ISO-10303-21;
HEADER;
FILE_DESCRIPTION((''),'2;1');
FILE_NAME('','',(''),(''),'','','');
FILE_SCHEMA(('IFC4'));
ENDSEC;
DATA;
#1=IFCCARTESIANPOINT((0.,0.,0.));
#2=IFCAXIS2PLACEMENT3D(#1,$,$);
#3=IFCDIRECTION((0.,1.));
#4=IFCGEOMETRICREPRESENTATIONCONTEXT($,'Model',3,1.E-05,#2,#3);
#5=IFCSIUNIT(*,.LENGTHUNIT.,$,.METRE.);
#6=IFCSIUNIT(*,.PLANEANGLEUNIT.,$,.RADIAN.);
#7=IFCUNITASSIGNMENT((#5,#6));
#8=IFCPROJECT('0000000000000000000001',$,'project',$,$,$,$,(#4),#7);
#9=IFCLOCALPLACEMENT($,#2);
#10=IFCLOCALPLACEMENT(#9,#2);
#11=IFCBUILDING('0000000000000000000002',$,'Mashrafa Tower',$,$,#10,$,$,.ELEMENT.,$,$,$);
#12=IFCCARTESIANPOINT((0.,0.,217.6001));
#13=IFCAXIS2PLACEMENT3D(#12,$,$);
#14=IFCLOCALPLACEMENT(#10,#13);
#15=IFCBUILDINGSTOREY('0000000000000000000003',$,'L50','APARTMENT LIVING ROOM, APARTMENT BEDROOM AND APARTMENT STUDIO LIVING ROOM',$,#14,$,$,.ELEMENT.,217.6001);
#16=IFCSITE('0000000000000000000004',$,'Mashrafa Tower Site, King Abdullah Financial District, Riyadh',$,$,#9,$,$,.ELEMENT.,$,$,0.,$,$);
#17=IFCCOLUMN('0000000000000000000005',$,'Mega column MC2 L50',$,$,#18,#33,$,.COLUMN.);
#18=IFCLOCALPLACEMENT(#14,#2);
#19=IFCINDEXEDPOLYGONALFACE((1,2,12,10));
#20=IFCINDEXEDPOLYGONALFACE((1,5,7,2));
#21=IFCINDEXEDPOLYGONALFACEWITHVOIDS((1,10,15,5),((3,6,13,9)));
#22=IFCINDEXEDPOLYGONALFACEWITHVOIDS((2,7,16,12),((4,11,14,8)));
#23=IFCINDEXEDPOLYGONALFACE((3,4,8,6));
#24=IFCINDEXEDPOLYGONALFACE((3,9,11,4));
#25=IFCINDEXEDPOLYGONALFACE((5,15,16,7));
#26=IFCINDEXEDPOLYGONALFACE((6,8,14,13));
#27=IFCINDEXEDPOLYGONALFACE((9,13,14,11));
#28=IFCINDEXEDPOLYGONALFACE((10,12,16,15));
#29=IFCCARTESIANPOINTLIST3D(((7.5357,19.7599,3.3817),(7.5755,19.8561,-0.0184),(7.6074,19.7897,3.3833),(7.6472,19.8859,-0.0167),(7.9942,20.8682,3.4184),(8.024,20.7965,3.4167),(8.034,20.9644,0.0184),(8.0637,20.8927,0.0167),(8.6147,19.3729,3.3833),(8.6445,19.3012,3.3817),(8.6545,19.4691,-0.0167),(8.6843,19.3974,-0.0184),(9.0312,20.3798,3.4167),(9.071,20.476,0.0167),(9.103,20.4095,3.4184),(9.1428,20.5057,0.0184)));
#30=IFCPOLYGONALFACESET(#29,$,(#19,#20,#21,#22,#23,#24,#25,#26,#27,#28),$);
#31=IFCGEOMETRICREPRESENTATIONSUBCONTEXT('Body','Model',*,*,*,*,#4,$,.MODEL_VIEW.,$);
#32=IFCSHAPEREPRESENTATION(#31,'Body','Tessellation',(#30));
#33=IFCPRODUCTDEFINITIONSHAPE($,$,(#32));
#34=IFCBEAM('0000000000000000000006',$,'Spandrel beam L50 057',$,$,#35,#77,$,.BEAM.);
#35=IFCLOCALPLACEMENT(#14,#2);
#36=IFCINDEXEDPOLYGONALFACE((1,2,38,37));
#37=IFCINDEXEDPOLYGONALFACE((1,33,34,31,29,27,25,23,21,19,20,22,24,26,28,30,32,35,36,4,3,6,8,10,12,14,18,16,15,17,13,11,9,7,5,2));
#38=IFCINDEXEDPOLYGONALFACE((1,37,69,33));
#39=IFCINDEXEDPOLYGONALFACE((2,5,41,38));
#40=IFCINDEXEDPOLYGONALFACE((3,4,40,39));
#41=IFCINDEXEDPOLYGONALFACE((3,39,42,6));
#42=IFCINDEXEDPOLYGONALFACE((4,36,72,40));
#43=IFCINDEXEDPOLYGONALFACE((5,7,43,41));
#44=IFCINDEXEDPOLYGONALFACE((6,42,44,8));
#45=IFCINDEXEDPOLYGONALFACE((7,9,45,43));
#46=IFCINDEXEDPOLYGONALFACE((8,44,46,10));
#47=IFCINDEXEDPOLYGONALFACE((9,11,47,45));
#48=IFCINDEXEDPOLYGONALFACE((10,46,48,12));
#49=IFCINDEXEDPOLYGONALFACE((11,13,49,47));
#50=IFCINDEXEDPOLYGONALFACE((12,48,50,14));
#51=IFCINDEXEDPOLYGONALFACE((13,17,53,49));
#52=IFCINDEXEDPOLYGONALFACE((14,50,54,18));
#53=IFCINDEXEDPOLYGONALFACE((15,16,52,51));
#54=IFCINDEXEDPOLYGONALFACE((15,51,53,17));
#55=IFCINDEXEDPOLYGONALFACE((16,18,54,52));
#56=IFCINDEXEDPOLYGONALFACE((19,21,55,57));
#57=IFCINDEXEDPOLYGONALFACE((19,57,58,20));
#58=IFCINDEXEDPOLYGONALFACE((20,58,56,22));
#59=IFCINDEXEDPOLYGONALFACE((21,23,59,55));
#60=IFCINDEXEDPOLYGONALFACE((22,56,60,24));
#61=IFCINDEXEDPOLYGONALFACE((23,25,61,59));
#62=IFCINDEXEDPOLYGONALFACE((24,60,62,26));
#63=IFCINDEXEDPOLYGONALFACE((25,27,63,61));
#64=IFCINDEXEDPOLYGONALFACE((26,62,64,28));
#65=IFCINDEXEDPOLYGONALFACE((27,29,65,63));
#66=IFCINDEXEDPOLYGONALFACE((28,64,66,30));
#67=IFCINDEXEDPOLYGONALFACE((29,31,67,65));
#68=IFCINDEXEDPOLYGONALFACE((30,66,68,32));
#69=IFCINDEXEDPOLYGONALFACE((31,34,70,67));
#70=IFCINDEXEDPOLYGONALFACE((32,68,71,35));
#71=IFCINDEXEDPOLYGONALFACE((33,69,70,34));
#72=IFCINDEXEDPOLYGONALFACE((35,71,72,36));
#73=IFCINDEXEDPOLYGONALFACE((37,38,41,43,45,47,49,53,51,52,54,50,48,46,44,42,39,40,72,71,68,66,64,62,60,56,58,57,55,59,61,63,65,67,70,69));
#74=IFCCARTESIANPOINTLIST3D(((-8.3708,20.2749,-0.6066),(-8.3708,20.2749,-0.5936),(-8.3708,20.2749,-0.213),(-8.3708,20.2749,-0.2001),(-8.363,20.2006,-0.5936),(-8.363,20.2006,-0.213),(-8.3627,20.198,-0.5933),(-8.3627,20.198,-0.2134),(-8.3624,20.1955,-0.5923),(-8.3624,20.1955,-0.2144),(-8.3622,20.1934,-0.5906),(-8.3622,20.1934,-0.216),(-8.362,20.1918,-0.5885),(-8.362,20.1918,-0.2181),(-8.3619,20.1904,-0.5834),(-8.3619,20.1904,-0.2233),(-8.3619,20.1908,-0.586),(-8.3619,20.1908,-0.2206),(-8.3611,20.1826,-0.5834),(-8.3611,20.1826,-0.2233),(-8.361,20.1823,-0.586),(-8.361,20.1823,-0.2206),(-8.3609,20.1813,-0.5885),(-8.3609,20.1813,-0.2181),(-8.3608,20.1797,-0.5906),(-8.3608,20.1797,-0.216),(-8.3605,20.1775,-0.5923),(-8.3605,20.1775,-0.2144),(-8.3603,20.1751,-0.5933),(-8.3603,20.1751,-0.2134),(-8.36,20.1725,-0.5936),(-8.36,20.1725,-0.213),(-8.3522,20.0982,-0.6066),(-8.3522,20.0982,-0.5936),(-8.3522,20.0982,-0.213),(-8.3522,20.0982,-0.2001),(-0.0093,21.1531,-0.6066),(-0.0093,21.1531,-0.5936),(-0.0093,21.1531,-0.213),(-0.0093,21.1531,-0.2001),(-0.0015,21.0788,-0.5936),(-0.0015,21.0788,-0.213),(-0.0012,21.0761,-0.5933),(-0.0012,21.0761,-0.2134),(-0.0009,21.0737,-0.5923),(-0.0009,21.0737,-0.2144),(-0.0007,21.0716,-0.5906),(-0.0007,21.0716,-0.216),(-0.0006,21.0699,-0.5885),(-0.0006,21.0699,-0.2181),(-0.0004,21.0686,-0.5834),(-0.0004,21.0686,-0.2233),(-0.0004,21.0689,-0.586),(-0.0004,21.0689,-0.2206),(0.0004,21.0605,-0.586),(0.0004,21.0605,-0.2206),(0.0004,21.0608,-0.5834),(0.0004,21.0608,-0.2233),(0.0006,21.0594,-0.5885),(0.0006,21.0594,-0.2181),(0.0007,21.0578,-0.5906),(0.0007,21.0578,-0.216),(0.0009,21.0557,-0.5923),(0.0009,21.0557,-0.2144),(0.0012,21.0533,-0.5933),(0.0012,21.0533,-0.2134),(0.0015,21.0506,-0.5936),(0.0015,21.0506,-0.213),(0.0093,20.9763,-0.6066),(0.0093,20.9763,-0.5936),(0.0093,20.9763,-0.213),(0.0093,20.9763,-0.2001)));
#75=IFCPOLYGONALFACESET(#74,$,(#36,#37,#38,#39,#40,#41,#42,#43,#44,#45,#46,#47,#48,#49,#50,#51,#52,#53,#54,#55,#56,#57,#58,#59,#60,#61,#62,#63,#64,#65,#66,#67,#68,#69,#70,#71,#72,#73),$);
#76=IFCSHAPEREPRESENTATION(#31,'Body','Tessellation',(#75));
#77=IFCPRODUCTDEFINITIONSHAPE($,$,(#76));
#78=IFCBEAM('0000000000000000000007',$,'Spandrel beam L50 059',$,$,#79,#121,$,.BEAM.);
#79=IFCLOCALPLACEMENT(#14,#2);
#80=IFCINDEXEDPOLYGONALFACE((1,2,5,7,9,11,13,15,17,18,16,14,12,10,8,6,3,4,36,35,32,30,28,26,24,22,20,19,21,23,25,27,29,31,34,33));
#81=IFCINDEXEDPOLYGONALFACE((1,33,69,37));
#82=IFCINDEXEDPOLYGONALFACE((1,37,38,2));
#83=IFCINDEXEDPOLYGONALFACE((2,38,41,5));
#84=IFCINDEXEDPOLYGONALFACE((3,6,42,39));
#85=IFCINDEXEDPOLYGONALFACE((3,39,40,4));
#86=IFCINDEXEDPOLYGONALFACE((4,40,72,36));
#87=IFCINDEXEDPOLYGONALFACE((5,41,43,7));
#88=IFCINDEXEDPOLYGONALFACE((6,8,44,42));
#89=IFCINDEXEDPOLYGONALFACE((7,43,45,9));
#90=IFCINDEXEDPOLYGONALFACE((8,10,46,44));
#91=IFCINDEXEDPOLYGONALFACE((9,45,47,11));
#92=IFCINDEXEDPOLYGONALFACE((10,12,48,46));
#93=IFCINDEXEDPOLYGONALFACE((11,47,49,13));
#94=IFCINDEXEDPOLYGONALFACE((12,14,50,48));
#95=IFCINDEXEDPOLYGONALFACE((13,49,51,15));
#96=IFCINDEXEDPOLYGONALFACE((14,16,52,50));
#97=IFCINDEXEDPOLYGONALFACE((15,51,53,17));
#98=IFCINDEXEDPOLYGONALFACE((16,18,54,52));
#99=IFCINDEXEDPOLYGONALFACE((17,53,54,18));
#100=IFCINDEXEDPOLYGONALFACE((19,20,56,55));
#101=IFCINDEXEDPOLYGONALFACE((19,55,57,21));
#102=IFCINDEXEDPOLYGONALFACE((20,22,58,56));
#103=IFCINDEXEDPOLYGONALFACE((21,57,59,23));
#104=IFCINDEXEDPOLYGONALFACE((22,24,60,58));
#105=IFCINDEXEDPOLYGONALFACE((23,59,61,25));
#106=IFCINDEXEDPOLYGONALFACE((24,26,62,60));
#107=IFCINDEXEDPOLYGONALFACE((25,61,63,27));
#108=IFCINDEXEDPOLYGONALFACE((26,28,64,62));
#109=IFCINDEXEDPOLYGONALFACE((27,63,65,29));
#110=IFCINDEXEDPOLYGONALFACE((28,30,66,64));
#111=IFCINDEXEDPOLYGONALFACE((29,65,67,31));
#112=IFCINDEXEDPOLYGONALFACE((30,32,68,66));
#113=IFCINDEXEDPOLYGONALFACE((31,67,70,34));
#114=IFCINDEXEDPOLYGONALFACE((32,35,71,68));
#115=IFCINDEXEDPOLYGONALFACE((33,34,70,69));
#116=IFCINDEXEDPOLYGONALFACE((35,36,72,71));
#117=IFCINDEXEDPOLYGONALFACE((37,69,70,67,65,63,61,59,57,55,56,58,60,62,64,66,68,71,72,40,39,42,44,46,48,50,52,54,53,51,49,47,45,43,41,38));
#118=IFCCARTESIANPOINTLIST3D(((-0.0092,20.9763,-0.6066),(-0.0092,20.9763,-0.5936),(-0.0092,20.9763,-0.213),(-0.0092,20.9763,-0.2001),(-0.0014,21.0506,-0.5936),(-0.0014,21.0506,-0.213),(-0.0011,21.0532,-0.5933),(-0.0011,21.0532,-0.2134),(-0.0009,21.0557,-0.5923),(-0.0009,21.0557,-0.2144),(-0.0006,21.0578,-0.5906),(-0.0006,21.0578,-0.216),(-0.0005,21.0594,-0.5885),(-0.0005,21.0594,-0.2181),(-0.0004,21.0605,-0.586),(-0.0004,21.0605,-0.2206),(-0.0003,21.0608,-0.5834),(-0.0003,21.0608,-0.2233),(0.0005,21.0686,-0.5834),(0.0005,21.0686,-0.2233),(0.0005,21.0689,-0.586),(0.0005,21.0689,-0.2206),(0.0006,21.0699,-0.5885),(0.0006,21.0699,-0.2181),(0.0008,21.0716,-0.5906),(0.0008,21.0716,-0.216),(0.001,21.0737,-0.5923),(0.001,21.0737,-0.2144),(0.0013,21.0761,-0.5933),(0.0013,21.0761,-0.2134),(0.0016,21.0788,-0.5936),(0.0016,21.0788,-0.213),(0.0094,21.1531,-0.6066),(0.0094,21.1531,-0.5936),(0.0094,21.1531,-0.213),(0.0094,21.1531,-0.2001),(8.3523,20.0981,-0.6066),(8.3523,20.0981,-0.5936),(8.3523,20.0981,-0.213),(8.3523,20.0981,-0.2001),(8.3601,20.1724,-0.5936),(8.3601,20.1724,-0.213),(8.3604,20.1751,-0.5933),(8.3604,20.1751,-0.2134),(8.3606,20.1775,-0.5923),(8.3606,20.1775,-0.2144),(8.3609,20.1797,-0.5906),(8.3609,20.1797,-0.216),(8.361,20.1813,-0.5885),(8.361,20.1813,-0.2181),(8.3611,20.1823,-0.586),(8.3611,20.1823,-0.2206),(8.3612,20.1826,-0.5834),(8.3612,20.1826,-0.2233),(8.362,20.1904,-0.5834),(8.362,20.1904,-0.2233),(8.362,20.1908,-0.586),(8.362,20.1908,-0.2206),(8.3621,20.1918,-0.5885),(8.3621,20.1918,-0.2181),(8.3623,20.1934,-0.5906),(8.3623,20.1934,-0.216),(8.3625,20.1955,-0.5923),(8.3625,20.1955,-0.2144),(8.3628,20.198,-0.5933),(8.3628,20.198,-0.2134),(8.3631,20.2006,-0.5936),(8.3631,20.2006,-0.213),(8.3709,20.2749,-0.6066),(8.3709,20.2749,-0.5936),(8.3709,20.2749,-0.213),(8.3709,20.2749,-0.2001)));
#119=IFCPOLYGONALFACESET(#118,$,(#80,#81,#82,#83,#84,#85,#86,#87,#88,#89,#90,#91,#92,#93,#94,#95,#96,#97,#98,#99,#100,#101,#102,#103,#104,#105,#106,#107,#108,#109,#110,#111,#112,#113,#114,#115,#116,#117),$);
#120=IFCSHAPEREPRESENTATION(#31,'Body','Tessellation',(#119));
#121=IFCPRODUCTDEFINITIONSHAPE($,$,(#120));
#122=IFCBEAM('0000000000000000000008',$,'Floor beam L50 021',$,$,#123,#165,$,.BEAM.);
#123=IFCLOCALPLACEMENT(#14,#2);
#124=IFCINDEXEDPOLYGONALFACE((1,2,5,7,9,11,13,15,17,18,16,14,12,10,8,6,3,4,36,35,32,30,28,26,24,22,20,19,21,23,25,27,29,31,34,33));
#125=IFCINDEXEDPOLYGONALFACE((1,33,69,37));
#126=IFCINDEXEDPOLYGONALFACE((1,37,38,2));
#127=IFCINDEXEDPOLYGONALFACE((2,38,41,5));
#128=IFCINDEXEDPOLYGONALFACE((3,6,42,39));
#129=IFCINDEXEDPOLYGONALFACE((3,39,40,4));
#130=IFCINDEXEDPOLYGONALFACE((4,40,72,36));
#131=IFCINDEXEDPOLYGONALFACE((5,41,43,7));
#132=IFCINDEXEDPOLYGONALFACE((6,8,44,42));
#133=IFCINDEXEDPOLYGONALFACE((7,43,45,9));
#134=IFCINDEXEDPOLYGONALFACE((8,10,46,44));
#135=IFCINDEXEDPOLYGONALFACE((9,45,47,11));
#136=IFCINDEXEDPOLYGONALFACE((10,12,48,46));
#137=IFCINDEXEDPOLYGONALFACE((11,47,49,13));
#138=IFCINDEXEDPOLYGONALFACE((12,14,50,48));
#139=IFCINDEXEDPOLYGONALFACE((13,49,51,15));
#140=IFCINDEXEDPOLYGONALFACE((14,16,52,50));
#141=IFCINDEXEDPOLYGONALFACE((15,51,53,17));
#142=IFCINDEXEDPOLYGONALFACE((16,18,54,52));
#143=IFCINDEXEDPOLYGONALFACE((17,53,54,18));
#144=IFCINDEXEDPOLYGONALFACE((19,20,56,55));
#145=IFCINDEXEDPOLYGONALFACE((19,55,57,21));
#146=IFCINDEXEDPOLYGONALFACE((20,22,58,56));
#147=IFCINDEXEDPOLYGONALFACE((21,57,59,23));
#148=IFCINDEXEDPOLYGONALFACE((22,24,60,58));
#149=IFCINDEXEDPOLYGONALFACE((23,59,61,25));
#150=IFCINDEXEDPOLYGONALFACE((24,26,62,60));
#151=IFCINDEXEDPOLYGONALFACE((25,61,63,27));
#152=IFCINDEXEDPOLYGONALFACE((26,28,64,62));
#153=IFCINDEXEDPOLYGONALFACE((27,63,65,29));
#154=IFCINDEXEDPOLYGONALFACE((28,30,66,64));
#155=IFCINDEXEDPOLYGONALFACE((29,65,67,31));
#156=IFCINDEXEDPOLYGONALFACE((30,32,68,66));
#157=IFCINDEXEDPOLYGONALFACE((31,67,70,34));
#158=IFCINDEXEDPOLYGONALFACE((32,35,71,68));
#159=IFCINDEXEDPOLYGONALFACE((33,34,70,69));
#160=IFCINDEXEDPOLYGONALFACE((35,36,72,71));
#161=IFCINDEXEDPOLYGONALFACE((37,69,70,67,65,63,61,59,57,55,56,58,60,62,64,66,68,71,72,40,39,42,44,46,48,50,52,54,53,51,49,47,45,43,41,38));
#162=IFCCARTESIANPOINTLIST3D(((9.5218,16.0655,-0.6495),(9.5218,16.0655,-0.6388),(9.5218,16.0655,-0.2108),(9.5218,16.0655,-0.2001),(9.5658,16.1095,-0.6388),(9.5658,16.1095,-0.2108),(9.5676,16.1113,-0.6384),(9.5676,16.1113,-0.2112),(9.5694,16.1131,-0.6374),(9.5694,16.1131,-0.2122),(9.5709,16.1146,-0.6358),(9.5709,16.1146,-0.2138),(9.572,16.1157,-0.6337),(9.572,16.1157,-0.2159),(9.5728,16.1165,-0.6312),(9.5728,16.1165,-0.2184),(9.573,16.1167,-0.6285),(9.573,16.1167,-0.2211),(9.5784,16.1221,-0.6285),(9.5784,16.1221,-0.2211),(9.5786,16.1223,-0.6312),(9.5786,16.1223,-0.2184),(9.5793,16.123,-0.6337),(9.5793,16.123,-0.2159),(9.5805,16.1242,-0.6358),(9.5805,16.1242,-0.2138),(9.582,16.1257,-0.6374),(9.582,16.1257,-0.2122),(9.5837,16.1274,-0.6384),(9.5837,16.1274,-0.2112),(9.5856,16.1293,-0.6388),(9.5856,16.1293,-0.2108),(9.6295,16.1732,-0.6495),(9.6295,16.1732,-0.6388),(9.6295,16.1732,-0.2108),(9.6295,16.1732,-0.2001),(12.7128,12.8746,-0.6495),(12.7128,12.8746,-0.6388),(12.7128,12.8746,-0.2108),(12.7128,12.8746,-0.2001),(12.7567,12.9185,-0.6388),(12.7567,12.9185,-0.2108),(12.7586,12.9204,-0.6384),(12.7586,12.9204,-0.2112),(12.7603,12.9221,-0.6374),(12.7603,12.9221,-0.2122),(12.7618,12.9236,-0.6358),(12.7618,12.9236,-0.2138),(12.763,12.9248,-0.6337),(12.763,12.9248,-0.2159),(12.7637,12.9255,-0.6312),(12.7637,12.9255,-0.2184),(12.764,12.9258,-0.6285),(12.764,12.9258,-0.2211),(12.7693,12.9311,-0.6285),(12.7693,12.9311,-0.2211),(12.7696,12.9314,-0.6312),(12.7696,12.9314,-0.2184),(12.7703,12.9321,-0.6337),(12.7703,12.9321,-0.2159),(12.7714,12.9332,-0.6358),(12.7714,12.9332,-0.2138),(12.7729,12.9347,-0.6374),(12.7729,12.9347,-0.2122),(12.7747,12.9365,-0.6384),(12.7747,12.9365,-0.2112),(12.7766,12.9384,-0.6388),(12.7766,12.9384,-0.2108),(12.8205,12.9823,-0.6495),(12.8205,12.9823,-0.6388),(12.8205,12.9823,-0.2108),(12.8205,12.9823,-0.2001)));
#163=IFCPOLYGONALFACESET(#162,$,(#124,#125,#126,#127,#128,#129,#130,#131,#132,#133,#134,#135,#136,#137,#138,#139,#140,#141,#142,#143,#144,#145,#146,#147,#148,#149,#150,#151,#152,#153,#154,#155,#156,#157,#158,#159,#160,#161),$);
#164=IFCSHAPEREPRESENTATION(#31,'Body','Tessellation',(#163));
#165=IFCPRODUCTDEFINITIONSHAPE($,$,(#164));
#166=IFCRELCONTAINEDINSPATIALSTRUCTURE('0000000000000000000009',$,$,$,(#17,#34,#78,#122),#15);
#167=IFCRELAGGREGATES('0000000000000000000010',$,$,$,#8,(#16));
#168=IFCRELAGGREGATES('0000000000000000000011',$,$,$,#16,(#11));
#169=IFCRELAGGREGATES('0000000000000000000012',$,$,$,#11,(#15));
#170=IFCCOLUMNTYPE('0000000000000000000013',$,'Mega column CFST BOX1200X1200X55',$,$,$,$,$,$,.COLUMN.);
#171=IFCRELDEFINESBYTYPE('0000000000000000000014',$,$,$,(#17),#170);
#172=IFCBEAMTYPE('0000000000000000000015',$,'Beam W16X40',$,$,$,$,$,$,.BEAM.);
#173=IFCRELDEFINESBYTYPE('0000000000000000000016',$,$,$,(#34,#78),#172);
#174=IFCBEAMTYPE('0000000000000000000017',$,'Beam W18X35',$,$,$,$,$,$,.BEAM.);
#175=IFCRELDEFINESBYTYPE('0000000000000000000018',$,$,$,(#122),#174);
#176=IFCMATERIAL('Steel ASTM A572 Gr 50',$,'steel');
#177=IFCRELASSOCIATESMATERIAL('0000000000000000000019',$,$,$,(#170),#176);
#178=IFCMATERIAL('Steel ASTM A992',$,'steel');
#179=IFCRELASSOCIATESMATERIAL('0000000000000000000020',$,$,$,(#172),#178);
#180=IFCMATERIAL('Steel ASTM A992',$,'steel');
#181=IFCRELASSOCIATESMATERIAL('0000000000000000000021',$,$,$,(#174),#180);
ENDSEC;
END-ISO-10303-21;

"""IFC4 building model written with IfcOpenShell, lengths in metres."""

from ifc_helpers import new_model, si_unit, direction, frame, origin, origin_2d, place, context, subcontext, project, spatial, hollow_rectangle, i_section, extrude, material, material_profile, profile_set, type_object, element, save


model = new_model("IFC4")

# Units and contexts
model_context = context("Model", 3, precision=1e-05, world=origin(), true_north=direction((0.0, 1.0)))
body_context = subcontext(model_context, "Body", "Model", "MODEL_VIEW")
ifc_project = project(units=[si_unit("LENGTHUNIT", "METRE"), si_unit("PLANEANGLEUNIT", "RADIAN")], contexts=[model_context])

# Site, building, storey
site_placement = place(None, origin())
site = spatial("IfcSite", under=ifc_project, at=site_placement, Name="Mashrafa Tower Site, King Abdullah Financial District, Riyadh", CompositionType="ELEMENT", RefElevation=0.0)
building_placement = place(site_placement, origin())
building = spatial("IfcBuilding", under=site, at=building_placement, Name="Mashrafa Tower", CompositionType="ELEMENT")
storey_placement = place(building_placement, frame((0.0, 0.0, 217.6001)))
storey = spatial("IfcBuildingStorey", under=building, at=storey_placement, Name="L50", Description="APARTMENT LIVING ROOM, APARTMENT BEDROOM AND APARTMENT STUDIO LIVING ROOM", CompositionType="ELEMENT", Elevation=217.6001)

# Column
ifc_material_1 = material(Name="Steel ASTM A572 Gr 50", Category="steel")
ifc_material_profile_1 = material_profile(ifc_material_1, hollow_rectangle(XDim=1.2, YDim=1.2, WallThickness=0.0549, at=origin_2d()), Name="BOX1200X1200X55")
ifc_profile_set_1 = profile_set([ifc_material_profile_1], Name="Steel ASTM A572 Gr 50")
column_type = type_object("IfcColumnType", Name="Mega column CFST BOX1200X1200X55", PredefinedType="COLUMN", material=ifc_profile_set_1)
column_placement = place(storey_placement, frame((8.3591, 20.1809, 0.0), z_axis=(-0.011699, -0.028279, 0.999532), x_axis=(0.924045, -0.382283, 0.0)))
element("IfcColumn", 1, at=column_placement, inside=storey, type_object=column_type, Name="Mega column MC2 L50", PredefinedType="COLUMN", context=body_context, shape_type="SweptSolid", body=[
    extrude(hollow_rectangle(XDim=1.2, YDim=1.2, WallThickness=0.0549, at=origin_2d()), origin(), (0.0, 0.0, 1.0), 3.4016),
])

# Beams
ifc_material_2 = material(Name="Steel ASTM A992", Category="steel")
ifc_material_profile_2 = material_profile(ifc_material_2, i_section(OverallWidth=0.1777, OverallDepth=0.4065, WebThickness=0.0078, FlangeThickness=0.0129, FilletRadius=0.0103, at=origin_2d()), Name="W16X40")
ifc_profile_set_2 = profile_set([ifc_material_profile_2], Name="Steel ASTM A992")
beam_type_1 = type_object("IfcBeamType", Name="Beam W16X40", PredefinedType="BEAM", material=ifc_profile_set_2)
for number, where, z_axis, x_axis, name in (
    (2, (0.0, 21.0647, -0.4033), (-0.99453, -0.10445, 0.0), (0.10445, -0.99453, 0.0), "Spandrel beam L50 057"),
    (3, (8.3616, 20.1865, -0.4033), (-0.99453, 0.10445, 0.0), (-0.10445, -0.99453, 0.0), "Spandrel beam L50 059"),
):
    element("IfcBeam", number, at=place(storey_placement, frame(where, z_axis=z_axis, x_axis=x_axis)), inside=storey, type_object=beam_type_1, Name=name, PredefinedType="BEAM", context=body_context, shape_type="SweptSolid", body=[
        extrude(i_section(OverallWidth=0.1777, OverallDepth=0.4065, WebThickness=0.0078, FlangeThickness=0.0129, FilletRadius=0.0103, at=origin_2d()), origin(), (0.0, 0.0, 1.0), 8.4075),
    ])
ifc_material_3 = material(Name="Steel ASTM A992", Category="steel")
ifc_material_profile_3 = material_profile(ifc_material_3, i_section(OverallWidth=0.1523, OverallDepth=0.4495, WebThickness=0.0076, FlangeThickness=0.0107, FilletRadius=0.0103, at=origin_2d()), Name="W18X35")
ifc_profile_set_3 = profile_set([ifc_material_profile_3], Name="Steel ASTM A992")
beam_type_2 = type_object("IfcBeamType", Name="Beam W18X35", PredefinedType="BEAM", material=ifc_profile_set_3)
beam_1_placement = place(storey_placement, frame((9.5757, 16.1194, -0.4248), z_axis=(0.707107, -0.707107, 0.0), x_axis=(0.707107, 0.707107, 0.0)))
element("IfcBeam", 4, at=beam_1_placement, inside=storey, type_object=beam_type_2, Name="Floor beam L50 021", PredefinedType="BEAM", context=body_context, shape_type="SweptSolid", body=[
    extrude(i_section(OverallWidth=0.1523, OverallDepth=0.4495, WebThickness=0.0076, FlangeThickness=0.0107, FilletRadius=0.0103, at=origin_2d()), origin(), (0.0, 0.0, 1.0), 4.5127),
])

save(model, "model.ifc")
